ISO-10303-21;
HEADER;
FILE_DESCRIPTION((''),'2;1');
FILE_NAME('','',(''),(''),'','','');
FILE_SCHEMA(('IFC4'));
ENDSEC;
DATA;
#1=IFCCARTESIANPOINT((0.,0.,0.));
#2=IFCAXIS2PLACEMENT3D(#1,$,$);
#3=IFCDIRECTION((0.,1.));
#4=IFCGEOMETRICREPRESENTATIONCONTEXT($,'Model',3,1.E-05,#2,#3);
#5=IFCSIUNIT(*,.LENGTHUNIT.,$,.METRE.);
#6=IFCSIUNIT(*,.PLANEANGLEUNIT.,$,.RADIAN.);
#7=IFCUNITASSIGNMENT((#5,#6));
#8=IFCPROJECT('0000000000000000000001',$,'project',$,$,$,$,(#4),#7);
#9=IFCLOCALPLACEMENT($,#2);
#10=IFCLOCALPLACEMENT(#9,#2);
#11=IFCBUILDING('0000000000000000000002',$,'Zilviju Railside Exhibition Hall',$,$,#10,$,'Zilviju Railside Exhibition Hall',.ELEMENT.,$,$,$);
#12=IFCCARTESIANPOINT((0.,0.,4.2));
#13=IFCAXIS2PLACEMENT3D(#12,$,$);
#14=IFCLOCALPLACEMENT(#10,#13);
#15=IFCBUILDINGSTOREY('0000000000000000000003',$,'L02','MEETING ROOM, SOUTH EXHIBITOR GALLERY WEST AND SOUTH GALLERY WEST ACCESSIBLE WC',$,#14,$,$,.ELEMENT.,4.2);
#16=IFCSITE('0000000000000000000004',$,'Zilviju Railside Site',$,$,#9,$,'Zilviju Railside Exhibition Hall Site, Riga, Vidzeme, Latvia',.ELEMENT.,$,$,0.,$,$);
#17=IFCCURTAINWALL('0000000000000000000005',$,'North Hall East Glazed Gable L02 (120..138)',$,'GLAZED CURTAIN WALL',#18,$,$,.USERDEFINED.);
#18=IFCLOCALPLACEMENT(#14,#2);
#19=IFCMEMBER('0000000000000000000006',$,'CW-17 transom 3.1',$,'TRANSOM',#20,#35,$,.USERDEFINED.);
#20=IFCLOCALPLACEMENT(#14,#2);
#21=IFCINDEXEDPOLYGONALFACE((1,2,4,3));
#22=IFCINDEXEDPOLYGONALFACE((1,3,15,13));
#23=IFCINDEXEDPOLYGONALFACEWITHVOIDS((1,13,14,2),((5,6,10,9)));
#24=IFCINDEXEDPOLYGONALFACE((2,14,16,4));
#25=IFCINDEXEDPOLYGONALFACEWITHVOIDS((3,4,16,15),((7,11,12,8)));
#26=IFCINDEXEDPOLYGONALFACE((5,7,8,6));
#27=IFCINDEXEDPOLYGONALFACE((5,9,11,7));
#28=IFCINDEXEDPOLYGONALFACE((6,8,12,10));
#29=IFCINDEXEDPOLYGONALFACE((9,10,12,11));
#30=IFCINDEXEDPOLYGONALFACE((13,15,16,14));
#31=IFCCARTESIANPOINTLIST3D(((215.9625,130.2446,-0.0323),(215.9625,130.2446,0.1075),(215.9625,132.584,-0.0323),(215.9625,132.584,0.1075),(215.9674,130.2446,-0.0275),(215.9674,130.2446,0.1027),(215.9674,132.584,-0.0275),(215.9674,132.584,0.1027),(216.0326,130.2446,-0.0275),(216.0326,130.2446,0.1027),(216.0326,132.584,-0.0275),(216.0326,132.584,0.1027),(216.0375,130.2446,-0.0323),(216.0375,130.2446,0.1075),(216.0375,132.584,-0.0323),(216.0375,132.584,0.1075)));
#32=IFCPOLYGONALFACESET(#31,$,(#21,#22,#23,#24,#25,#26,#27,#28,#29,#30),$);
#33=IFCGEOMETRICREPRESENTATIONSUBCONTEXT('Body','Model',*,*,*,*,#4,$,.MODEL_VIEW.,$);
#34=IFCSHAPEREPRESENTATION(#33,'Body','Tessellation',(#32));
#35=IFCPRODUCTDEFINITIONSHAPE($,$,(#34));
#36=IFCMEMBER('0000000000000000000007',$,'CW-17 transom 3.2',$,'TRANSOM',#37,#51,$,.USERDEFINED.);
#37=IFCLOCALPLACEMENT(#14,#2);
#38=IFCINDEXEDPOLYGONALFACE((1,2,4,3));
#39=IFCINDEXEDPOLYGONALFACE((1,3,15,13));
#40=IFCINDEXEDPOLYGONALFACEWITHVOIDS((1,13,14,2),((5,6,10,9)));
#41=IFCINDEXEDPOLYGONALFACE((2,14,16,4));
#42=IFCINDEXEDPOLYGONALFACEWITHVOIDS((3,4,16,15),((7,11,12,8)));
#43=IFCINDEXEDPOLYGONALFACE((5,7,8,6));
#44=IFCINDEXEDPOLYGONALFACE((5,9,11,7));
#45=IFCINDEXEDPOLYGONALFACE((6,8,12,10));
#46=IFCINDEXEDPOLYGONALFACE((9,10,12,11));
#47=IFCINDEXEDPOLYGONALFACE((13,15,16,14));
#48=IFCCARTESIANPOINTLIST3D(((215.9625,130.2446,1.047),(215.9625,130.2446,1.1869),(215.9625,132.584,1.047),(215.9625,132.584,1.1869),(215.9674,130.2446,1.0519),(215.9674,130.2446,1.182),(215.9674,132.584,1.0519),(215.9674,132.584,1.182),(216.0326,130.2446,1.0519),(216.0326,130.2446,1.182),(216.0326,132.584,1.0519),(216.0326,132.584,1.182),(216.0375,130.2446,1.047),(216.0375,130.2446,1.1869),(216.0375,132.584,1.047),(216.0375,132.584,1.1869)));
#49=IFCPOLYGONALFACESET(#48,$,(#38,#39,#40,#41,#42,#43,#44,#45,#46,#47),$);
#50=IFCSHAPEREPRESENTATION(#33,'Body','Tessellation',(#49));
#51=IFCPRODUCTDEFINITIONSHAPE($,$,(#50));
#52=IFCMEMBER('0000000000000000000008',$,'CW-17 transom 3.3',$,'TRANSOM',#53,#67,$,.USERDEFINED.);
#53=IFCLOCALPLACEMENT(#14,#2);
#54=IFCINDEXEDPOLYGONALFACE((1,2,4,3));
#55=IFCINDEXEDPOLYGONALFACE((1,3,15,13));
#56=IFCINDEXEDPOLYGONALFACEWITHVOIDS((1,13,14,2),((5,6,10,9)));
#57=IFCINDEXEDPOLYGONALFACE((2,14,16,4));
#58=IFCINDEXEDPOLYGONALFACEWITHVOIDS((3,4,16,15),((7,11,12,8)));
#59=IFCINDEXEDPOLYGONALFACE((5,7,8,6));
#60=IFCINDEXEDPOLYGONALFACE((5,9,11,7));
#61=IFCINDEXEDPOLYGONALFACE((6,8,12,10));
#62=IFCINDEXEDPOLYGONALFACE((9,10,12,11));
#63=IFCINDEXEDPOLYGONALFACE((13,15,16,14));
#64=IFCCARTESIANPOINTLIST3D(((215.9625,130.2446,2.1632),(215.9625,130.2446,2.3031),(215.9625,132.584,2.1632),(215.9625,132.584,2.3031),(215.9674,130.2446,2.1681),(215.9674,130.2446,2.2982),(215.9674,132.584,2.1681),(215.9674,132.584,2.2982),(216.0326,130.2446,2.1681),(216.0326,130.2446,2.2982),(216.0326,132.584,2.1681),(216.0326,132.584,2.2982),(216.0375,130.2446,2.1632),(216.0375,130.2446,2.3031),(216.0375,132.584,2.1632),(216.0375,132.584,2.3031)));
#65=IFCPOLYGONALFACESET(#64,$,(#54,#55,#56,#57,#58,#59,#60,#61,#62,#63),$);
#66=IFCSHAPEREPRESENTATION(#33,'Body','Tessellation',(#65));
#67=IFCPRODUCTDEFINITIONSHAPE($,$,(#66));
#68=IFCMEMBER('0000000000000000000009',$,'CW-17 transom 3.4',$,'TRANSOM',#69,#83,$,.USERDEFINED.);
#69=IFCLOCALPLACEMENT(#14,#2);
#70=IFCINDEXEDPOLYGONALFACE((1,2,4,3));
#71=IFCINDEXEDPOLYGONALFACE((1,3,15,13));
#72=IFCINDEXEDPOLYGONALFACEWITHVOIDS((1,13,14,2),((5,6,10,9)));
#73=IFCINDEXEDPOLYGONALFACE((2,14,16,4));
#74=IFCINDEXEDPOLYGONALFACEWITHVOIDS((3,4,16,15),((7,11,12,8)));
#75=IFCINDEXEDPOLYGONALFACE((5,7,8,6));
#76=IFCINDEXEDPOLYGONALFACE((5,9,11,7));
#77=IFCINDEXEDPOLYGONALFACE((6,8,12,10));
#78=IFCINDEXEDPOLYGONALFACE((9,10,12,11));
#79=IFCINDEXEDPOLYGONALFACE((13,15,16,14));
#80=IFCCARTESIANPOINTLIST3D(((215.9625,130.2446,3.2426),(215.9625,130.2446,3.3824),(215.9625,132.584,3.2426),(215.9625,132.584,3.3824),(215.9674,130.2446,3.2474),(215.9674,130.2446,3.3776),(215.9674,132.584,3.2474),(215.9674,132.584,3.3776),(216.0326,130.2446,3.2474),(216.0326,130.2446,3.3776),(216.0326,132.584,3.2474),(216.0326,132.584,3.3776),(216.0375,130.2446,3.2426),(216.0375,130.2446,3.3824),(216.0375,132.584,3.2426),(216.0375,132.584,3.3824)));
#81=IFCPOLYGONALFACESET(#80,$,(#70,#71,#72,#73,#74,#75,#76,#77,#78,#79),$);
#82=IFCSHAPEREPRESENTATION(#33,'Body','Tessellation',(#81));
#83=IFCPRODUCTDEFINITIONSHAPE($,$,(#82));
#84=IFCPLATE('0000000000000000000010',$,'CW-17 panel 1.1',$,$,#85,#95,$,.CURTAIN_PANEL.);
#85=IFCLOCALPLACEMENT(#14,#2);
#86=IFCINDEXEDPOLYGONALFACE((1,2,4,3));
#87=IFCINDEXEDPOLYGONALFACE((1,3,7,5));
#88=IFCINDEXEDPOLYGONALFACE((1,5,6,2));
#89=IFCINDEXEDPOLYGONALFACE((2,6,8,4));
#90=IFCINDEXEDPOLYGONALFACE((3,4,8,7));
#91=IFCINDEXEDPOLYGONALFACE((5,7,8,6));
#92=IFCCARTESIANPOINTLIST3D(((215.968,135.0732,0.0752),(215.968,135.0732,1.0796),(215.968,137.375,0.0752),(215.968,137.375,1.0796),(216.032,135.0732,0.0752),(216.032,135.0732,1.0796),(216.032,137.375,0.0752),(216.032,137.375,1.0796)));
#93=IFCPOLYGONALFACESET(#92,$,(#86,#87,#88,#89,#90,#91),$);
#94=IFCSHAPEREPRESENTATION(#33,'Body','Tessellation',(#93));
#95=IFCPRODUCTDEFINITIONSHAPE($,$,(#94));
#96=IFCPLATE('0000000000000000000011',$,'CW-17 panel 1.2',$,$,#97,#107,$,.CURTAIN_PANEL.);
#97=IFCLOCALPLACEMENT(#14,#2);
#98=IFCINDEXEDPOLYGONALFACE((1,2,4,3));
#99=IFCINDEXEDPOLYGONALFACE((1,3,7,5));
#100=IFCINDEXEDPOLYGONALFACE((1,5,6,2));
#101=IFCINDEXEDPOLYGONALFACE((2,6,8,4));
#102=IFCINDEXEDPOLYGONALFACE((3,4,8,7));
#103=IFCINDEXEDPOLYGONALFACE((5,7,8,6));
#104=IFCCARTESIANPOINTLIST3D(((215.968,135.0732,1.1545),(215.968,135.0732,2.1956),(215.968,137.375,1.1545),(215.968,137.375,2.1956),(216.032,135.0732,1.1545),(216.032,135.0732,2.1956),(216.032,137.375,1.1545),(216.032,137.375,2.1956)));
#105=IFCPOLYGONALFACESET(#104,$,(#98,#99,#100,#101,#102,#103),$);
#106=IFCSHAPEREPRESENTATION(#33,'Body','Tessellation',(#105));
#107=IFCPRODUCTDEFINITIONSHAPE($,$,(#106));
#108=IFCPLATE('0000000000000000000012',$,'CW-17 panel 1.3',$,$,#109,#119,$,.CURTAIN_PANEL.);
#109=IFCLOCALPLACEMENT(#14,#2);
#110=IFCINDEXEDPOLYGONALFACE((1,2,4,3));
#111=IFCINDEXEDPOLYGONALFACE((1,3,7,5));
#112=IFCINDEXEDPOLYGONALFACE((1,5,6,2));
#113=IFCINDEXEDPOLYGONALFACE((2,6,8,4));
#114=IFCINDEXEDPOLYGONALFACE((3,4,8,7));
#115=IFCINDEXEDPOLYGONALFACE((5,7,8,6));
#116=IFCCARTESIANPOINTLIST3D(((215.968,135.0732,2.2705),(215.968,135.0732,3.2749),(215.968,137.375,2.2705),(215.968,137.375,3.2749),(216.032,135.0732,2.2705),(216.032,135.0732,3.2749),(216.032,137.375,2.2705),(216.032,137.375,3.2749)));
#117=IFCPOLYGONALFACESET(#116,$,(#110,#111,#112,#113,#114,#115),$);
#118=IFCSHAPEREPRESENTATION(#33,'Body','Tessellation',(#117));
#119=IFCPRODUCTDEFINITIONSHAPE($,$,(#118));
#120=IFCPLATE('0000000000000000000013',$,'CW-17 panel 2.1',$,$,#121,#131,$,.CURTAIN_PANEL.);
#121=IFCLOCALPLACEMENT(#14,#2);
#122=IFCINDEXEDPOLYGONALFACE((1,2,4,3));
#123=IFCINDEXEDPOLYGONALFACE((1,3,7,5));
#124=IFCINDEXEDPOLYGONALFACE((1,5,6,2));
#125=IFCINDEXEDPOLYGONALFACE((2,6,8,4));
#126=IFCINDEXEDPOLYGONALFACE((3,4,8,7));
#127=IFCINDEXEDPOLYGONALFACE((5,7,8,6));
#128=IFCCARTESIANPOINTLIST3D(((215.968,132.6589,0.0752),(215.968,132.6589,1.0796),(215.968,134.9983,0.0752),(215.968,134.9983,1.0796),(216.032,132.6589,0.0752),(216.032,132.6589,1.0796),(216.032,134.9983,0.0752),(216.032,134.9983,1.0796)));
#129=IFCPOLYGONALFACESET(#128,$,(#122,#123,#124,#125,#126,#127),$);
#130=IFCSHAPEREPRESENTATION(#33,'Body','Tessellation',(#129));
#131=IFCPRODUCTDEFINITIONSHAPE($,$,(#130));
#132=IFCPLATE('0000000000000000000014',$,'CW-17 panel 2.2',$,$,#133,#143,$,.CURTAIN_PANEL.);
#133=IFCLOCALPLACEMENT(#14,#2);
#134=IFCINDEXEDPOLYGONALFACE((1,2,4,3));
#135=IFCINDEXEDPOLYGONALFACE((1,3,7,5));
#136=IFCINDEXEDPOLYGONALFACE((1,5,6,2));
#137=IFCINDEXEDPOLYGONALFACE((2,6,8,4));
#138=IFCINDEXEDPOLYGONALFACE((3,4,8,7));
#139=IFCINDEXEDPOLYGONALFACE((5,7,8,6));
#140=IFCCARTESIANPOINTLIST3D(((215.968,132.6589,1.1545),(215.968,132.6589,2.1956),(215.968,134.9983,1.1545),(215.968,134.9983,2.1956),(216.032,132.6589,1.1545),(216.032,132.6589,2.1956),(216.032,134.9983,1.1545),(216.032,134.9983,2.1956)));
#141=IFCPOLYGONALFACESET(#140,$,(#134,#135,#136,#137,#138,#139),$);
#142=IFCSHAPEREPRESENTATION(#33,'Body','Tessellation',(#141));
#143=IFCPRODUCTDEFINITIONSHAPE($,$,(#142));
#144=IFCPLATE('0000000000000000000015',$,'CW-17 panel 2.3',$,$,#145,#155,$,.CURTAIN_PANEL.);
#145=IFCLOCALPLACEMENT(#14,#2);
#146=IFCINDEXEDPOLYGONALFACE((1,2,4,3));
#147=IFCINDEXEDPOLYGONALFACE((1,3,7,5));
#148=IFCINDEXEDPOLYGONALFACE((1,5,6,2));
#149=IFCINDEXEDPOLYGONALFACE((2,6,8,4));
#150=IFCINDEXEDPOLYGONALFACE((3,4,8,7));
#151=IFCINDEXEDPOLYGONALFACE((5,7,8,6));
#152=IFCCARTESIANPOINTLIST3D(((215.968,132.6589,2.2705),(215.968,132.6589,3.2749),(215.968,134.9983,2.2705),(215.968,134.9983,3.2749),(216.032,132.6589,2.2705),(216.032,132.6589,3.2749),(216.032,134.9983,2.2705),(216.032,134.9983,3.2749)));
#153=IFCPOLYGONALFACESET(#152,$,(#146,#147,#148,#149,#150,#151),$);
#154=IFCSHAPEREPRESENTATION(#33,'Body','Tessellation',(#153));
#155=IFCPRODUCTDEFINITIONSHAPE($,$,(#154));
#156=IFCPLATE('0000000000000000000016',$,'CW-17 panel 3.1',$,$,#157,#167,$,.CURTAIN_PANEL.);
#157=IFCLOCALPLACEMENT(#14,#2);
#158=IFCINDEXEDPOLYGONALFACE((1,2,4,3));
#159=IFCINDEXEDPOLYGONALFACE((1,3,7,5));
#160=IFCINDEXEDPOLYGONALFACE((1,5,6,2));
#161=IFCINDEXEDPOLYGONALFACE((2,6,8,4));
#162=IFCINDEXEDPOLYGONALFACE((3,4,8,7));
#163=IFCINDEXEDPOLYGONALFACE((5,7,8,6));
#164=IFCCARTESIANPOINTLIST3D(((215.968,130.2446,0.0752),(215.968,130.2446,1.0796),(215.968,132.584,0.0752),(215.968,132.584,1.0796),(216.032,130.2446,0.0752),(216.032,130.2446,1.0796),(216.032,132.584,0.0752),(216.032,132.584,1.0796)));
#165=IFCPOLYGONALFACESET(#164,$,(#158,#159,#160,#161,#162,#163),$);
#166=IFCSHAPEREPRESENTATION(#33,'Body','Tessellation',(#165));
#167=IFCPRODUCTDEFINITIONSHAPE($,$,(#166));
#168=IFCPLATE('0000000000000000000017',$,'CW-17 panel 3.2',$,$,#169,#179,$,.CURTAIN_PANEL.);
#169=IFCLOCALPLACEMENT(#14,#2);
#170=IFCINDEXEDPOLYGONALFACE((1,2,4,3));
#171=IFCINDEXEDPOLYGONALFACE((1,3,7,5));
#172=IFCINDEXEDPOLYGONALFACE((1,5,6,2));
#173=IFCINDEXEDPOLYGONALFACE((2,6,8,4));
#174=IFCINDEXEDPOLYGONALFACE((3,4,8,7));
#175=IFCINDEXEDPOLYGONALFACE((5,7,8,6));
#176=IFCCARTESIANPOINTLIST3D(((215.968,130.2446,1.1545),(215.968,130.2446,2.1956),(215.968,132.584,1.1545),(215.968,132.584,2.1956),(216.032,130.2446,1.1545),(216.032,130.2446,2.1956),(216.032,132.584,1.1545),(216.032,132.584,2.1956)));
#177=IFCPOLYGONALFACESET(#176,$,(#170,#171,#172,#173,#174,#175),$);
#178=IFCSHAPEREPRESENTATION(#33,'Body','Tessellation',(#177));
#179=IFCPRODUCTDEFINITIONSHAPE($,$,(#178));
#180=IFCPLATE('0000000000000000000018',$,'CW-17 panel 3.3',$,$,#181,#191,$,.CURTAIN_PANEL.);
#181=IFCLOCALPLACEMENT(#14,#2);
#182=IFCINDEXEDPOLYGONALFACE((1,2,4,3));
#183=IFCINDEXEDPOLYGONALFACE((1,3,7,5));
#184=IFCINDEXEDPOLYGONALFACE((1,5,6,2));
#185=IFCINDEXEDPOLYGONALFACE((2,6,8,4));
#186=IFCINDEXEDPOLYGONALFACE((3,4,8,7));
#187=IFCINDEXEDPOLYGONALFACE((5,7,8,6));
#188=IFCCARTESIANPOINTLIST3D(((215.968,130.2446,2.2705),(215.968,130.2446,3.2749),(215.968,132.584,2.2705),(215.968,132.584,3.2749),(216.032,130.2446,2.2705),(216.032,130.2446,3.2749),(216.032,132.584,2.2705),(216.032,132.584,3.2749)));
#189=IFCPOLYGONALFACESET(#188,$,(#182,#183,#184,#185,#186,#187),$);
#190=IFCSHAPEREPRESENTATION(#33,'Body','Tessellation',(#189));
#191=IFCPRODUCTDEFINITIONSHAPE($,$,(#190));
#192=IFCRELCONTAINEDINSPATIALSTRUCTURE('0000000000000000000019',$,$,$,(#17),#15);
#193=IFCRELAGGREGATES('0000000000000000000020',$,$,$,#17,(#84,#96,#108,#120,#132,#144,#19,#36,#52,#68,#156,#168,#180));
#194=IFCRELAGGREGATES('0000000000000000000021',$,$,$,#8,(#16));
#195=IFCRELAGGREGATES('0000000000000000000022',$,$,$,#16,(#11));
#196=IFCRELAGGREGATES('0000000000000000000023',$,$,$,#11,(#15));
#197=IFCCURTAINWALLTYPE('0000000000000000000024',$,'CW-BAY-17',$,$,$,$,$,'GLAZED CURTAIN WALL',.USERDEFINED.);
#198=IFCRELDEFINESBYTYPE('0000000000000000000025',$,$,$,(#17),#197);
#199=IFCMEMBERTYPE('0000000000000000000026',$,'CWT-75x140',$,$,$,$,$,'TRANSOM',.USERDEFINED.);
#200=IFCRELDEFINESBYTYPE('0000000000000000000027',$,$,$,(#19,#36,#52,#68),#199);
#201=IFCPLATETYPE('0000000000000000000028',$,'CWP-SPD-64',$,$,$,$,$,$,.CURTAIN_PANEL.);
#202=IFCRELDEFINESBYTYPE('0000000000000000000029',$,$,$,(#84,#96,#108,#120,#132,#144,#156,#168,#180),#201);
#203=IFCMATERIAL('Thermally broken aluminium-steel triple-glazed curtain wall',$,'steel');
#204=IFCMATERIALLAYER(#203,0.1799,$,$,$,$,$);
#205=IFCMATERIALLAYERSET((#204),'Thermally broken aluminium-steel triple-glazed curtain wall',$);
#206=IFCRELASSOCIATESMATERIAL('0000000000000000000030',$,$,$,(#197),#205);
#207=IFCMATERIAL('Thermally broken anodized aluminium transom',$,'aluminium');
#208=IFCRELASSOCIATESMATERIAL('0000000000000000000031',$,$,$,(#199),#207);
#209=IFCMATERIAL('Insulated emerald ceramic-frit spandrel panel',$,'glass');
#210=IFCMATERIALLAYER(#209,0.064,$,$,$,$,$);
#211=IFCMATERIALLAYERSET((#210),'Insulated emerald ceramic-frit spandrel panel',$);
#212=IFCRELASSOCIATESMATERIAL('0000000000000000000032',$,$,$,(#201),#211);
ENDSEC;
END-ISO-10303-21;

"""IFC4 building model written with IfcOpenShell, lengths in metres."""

from ifc_helpers import new_model, si_unit, direction, frame, origin, origin_2d, place, context, subcontext, project, spatial, rectangle, hollow_rectangle, extrude, material, layer, layer_set, material_profile, profile_set, type_object, element, aggregate, save


model = new_model("IFC4")

# Units and contexts
model_context = context("Model", 3, precision=1e-05, world=origin(), true_north=direction((0.0, 1.0)))
body_context = subcontext(model_context, "Body", "Model", "MODEL_VIEW")
ifc_project = project(units=[si_unit("LENGTHUNIT", "METRE"), si_unit("PLANEANGLEUNIT", "RADIAN")], contexts=[model_context])

# Site, building, storey
site_placement = place(None, origin())
site = spatial("IfcSite", under=ifc_project, at=site_placement, Name="Zilviju Railside Site", LongName="Zilviju Railside Exhibition Hall Site, Riga, Vidzeme, Latvia", CompositionType="ELEMENT", RefElevation=0.0)
building_placement = place(site_placement, origin())
building = spatial("IfcBuilding", under=site, at=building_placement, Name="Zilviju Railside Exhibition Hall", LongName="Zilviju Railside Exhibition Hall", CompositionType="ELEMENT")
storey_placement = place(building_placement, frame((0.0, 0.0, 4.2)))
storey = spatial("IfcBuildingStorey", under=building, at=storey_placement, Name="L02", Description="MEETING ROOM, SOUTH EXHIBITOR GALLERY WEST AND SOUTH GALLERY WEST ACCESSIBLE WC", CompositionType="ELEMENT", Elevation=4.2)

# Curtain wall, members, plates
ifc_material_1 = material(Name="Thermally broken aluminium-steel triple-glazed curtain wall", Category="steel")
ifc_layer_1 = layer(ifc_material_1, 0.1799)
ifc_layer_set_1 = layer_set([ifc_layer_1], Name="Thermally broken aluminium-steel triple-glazed curtain wall")
curtain_wall_type = type_object("IfcCurtainWallType", Name="CW-BAY-17", ElementType="GLAZED CURTAIN WALL", PredefinedType="USERDEFINED", material=ifc_layer_set_1)
curtain_wall_placement = place(storey_placement, origin())
curtain_wall = element("IfcCurtainWall", 1, at=curtain_wall_placement, inside=storey, type_object=curtain_wall_type, Name="North Hall East Glazed Gable L02 (120..138)", ObjectType="GLAZED CURTAIN WALL", PredefinedType="USERDEFINED")
ifc_material_2 = material(Name="Thermally broken anodized aluminium transom", Category="aluminium")
ifc_material_profile_1 = material_profile(ifc_material_2, hollow_rectangle(XDim=0.075, YDim=0.1399, WallThickness=0.0049, at=origin_2d()), Name="TRANSOM 140x75x5")
ifc_profile_set_1 = profile_set([ifc_material_profile_1], Name="Thermally broken anodized aluminium transom")
member_type_1 = type_object("IfcMemberType", Name="CWT-75x140", ElementType="TRANSOM", PredefinedType="USERDEFINED", material=ifc_profile_set_1)
member_1_placement = place(storey_placement, frame((216.0, 132.584, 0.0376), z_axis=(0.0, -1.0, 0.0), x_axis=(1.0, 0.0, 0.0)))
member_1 = element("IfcMember", 2, at=member_1_placement, type_object=member_type_1, Name="CW-17 transom 3.1", ObjectType="TRANSOM", PredefinedType="USERDEFINED", context=body_context, shape_type="SweptSolid", body=[
    extrude(hollow_rectangle(XDim=0.075, YDim=0.1399, WallThickness=0.0049, at=origin_2d()), origin(), (0.0, 0.0, 1.0), 2.3394),
])
member_2_placement = place(storey_placement, frame((216.0, 132.584, 1.1169), z_axis=(0.0, -1.0, 0.0), x_axis=(1.0, 0.0, 0.0)))
member_2 = element("IfcMember", 3, at=member_2_placement, type_object=member_type_1, Name="CW-17 transom 3.2", ObjectType="TRANSOM", PredefinedType="USERDEFINED", context=body_context, shape_type="SweptSolid", body=[
    extrude(hollow_rectangle(XDim=0.075, YDim=0.1399, WallThickness=0.0049, at=origin_2d()), origin(), (0.0, 0.0, 1.0), 2.3394),
])
member_3_placement = place(storey_placement, frame((216.0, 132.584, 2.2332), z_axis=(0.0, -1.0, 0.0), x_axis=(1.0, 0.0, 0.0)))
member_3 = element("IfcMember", 4, at=member_3_placement, type_object=member_type_1, Name="CW-17 transom 3.3", ObjectType="TRANSOM", PredefinedType="USERDEFINED", context=body_context, shape_type="SweptSolid", body=[
    extrude(hollow_rectangle(XDim=0.075, YDim=0.1399, WallThickness=0.0049, at=origin_2d()), origin(), (0.0, 0.0, 1.0), 2.3394),
])
member_4_placement = place(storey_placement, frame((216.0, 132.584, 3.3125), z_axis=(0.0, -1.0, 0.0), x_axis=(1.0, 0.0, 0.0)))
member_4 = element("IfcMember", 5, at=member_4_placement, type_object=member_type_1, Name="CW-17 transom 3.4", ObjectType="TRANSOM", PredefinedType="USERDEFINED", context=body_context, shape_type="SweptSolid", body=[
    extrude(hollow_rectangle(XDim=0.075, YDim=0.1399, WallThickness=0.0049, at=origin_2d()), origin(), (0.0, 0.0, 1.0), 2.3394),
])
ifc_material_3 = material(Name="Insulated emerald ceramic-frit spandrel panel", Category="glass")
ifc_layer_2 = layer(ifc_material_3, 0.064)
ifc_layer_set_2 = layer_set([ifc_layer_2], Name="Insulated emerald ceramic-frit spandrel panel")
plate_type = type_object("IfcPlateType", Name="CWP-SPD-64", PredefinedType="CURTAIN_PANEL", material=ifc_layer_set_2)
plate_1_placement = place(storey_placement, frame((216.0, 136.2241, 0.0752), z_axis=(0.0, 0.0, 1.0), x_axis=(0.0, -1.0, 0.0)))
plate_1 = element("IfcPlate", 6, at=plate_1_placement, type_object=plate_type, Name="CW-17 panel 1.1", PredefinedType="CURTAIN_PANEL", context=body_context, shape_type="SweptSolid", body=[
    extrude(rectangle(XDim=2.3018, YDim=0.064, at=origin_2d()), origin(), (0.0, 0.0, 1.0), 1.0044),
])
plate_2_placement = place(storey_placement, frame((216.0, 136.2241, 1.1545), z_axis=(0.0, 0.0, 1.0), x_axis=(0.0, -1.0, 0.0)))
plate_2 = element("IfcPlate", 7, at=plate_2_placement, type_object=plate_type, Name="CW-17 panel 1.2", PredefinedType="CURTAIN_PANEL", context=body_context, shape_type="SweptSolid", body=[
    extrude(rectangle(XDim=2.3018, YDim=0.064, at=origin_2d()), origin(), (0.0, 0.0, 1.0), 1.041),
])
plate_3_placement = place(storey_placement, frame((216.0, 136.2241, 2.2705), z_axis=(0.0, 0.0, 1.0), x_axis=(0.0, -1.0, 0.0)))
plate_3 = element("IfcPlate", 8, at=plate_3_placement, type_object=plate_type, Name="CW-17 panel 1.3", PredefinedType="CURTAIN_PANEL", context=body_context, shape_type="SweptSolid", body=[
    extrude(rectangle(XDim=2.3018, YDim=0.064, at=origin_2d()), origin(), (0.0, 0.0, 1.0), 1.0044),
])
plate_4_placement = place(storey_placement, frame((216.0, 133.8286, 0.0752), z_axis=(0.0, 0.0, 1.0), x_axis=(0.0, -1.0, 0.0)))
plate_4 = element("IfcPlate", 9, at=plate_4_placement, type_object=plate_type, Name="CW-17 panel 2.1", PredefinedType="CURTAIN_PANEL", context=body_context, shape_type="SweptSolid", body=[
    extrude(rectangle(XDim=2.3394, YDim=0.064, at=origin_2d()), origin(), (0.0, 0.0, 1.0), 1.0044),
])
plate_5_placement = place(storey_placement, frame((216.0, 133.8286, 1.1545), z_axis=(0.0, 0.0, 1.0), x_axis=(0.0, -1.0, 0.0)))
plate_5 = element("IfcPlate", 10, at=plate_5_placement, type_object=plate_type, Name="CW-17 panel 2.2", PredefinedType="CURTAIN_PANEL", context=body_context, shape_type="SweptSolid", body=[
    extrude(rectangle(XDim=2.3394, YDim=0.064, at=origin_2d()), origin(), (0.0, 0.0, 1.0), 1.041),
])
plate_6_placement = place(storey_placement, frame((216.0, 133.8286, 2.2705), z_axis=(0.0, 0.0, 1.0), x_axis=(0.0, -1.0, 0.0)))
plate_6 = element("IfcPlate", 11, at=plate_6_placement, type_object=plate_type, Name="CW-17 panel 2.3", PredefinedType="CURTAIN_PANEL", context=body_context, shape_type="SweptSolid", body=[
    extrude(rectangle(XDim=2.3394, YDim=0.064, at=origin_2d()), origin(), (0.0, 0.0, 1.0), 1.0044),
])
plate_7_placement = place(storey_placement, frame((216.0, 131.4143, 0.0752), z_axis=(0.0, 0.0, 1.0), x_axis=(0.0, -1.0, 0.0)))
plate_7 = element("IfcPlate", 12, at=plate_7_placement, type_object=plate_type, Name="CW-17 panel 3.1", PredefinedType="CURTAIN_PANEL", context=body_context, shape_type="SweptSolid", body=[
    extrude(rectangle(XDim=2.3394, YDim=0.064, at=origin_2d()), origin(), (0.0, 0.0, 1.0), 1.0044),
])
plate_8_placement = place(storey_placement, frame((216.0, 131.4143, 1.1545), z_axis=(0.0, 0.0, 1.0), x_axis=(0.0, -1.0, 0.0)))
plate_8 = element("IfcPlate", 13, at=plate_8_placement, type_object=plate_type, Name="CW-17 panel 3.2", PredefinedType="CURTAIN_PANEL", context=body_context, shape_type="SweptSolid", body=[
    extrude(rectangle(XDim=2.3394, YDim=0.064, at=origin_2d()), origin(), (0.0, 0.0, 1.0), 1.041),
])
plate_9_placement = place(storey_placement, frame((216.0, 131.4143, 2.2705), z_axis=(0.0, 0.0, 1.0), x_axis=(0.0, -1.0, 0.0)))
plate_9 = element("IfcPlate", 14, at=plate_9_placement, type_object=plate_type, Name="CW-17 panel 3.3", PredefinedType="CURTAIN_PANEL", context=body_context, shape_type="SweptSolid", body=[
    extrude(rectangle(XDim=2.3394, YDim=0.064, at=origin_2d()), origin(), (0.0, 0.0, 1.0), 1.0044),
])
aggregate(curtain_wall, [plate_1, plate_2, plate_3, plate_4, plate_5, plate_6, member_1, member_2, member_3, member_4, plate_7, plate_8, plate_9])

save(model, "model.ifc")
